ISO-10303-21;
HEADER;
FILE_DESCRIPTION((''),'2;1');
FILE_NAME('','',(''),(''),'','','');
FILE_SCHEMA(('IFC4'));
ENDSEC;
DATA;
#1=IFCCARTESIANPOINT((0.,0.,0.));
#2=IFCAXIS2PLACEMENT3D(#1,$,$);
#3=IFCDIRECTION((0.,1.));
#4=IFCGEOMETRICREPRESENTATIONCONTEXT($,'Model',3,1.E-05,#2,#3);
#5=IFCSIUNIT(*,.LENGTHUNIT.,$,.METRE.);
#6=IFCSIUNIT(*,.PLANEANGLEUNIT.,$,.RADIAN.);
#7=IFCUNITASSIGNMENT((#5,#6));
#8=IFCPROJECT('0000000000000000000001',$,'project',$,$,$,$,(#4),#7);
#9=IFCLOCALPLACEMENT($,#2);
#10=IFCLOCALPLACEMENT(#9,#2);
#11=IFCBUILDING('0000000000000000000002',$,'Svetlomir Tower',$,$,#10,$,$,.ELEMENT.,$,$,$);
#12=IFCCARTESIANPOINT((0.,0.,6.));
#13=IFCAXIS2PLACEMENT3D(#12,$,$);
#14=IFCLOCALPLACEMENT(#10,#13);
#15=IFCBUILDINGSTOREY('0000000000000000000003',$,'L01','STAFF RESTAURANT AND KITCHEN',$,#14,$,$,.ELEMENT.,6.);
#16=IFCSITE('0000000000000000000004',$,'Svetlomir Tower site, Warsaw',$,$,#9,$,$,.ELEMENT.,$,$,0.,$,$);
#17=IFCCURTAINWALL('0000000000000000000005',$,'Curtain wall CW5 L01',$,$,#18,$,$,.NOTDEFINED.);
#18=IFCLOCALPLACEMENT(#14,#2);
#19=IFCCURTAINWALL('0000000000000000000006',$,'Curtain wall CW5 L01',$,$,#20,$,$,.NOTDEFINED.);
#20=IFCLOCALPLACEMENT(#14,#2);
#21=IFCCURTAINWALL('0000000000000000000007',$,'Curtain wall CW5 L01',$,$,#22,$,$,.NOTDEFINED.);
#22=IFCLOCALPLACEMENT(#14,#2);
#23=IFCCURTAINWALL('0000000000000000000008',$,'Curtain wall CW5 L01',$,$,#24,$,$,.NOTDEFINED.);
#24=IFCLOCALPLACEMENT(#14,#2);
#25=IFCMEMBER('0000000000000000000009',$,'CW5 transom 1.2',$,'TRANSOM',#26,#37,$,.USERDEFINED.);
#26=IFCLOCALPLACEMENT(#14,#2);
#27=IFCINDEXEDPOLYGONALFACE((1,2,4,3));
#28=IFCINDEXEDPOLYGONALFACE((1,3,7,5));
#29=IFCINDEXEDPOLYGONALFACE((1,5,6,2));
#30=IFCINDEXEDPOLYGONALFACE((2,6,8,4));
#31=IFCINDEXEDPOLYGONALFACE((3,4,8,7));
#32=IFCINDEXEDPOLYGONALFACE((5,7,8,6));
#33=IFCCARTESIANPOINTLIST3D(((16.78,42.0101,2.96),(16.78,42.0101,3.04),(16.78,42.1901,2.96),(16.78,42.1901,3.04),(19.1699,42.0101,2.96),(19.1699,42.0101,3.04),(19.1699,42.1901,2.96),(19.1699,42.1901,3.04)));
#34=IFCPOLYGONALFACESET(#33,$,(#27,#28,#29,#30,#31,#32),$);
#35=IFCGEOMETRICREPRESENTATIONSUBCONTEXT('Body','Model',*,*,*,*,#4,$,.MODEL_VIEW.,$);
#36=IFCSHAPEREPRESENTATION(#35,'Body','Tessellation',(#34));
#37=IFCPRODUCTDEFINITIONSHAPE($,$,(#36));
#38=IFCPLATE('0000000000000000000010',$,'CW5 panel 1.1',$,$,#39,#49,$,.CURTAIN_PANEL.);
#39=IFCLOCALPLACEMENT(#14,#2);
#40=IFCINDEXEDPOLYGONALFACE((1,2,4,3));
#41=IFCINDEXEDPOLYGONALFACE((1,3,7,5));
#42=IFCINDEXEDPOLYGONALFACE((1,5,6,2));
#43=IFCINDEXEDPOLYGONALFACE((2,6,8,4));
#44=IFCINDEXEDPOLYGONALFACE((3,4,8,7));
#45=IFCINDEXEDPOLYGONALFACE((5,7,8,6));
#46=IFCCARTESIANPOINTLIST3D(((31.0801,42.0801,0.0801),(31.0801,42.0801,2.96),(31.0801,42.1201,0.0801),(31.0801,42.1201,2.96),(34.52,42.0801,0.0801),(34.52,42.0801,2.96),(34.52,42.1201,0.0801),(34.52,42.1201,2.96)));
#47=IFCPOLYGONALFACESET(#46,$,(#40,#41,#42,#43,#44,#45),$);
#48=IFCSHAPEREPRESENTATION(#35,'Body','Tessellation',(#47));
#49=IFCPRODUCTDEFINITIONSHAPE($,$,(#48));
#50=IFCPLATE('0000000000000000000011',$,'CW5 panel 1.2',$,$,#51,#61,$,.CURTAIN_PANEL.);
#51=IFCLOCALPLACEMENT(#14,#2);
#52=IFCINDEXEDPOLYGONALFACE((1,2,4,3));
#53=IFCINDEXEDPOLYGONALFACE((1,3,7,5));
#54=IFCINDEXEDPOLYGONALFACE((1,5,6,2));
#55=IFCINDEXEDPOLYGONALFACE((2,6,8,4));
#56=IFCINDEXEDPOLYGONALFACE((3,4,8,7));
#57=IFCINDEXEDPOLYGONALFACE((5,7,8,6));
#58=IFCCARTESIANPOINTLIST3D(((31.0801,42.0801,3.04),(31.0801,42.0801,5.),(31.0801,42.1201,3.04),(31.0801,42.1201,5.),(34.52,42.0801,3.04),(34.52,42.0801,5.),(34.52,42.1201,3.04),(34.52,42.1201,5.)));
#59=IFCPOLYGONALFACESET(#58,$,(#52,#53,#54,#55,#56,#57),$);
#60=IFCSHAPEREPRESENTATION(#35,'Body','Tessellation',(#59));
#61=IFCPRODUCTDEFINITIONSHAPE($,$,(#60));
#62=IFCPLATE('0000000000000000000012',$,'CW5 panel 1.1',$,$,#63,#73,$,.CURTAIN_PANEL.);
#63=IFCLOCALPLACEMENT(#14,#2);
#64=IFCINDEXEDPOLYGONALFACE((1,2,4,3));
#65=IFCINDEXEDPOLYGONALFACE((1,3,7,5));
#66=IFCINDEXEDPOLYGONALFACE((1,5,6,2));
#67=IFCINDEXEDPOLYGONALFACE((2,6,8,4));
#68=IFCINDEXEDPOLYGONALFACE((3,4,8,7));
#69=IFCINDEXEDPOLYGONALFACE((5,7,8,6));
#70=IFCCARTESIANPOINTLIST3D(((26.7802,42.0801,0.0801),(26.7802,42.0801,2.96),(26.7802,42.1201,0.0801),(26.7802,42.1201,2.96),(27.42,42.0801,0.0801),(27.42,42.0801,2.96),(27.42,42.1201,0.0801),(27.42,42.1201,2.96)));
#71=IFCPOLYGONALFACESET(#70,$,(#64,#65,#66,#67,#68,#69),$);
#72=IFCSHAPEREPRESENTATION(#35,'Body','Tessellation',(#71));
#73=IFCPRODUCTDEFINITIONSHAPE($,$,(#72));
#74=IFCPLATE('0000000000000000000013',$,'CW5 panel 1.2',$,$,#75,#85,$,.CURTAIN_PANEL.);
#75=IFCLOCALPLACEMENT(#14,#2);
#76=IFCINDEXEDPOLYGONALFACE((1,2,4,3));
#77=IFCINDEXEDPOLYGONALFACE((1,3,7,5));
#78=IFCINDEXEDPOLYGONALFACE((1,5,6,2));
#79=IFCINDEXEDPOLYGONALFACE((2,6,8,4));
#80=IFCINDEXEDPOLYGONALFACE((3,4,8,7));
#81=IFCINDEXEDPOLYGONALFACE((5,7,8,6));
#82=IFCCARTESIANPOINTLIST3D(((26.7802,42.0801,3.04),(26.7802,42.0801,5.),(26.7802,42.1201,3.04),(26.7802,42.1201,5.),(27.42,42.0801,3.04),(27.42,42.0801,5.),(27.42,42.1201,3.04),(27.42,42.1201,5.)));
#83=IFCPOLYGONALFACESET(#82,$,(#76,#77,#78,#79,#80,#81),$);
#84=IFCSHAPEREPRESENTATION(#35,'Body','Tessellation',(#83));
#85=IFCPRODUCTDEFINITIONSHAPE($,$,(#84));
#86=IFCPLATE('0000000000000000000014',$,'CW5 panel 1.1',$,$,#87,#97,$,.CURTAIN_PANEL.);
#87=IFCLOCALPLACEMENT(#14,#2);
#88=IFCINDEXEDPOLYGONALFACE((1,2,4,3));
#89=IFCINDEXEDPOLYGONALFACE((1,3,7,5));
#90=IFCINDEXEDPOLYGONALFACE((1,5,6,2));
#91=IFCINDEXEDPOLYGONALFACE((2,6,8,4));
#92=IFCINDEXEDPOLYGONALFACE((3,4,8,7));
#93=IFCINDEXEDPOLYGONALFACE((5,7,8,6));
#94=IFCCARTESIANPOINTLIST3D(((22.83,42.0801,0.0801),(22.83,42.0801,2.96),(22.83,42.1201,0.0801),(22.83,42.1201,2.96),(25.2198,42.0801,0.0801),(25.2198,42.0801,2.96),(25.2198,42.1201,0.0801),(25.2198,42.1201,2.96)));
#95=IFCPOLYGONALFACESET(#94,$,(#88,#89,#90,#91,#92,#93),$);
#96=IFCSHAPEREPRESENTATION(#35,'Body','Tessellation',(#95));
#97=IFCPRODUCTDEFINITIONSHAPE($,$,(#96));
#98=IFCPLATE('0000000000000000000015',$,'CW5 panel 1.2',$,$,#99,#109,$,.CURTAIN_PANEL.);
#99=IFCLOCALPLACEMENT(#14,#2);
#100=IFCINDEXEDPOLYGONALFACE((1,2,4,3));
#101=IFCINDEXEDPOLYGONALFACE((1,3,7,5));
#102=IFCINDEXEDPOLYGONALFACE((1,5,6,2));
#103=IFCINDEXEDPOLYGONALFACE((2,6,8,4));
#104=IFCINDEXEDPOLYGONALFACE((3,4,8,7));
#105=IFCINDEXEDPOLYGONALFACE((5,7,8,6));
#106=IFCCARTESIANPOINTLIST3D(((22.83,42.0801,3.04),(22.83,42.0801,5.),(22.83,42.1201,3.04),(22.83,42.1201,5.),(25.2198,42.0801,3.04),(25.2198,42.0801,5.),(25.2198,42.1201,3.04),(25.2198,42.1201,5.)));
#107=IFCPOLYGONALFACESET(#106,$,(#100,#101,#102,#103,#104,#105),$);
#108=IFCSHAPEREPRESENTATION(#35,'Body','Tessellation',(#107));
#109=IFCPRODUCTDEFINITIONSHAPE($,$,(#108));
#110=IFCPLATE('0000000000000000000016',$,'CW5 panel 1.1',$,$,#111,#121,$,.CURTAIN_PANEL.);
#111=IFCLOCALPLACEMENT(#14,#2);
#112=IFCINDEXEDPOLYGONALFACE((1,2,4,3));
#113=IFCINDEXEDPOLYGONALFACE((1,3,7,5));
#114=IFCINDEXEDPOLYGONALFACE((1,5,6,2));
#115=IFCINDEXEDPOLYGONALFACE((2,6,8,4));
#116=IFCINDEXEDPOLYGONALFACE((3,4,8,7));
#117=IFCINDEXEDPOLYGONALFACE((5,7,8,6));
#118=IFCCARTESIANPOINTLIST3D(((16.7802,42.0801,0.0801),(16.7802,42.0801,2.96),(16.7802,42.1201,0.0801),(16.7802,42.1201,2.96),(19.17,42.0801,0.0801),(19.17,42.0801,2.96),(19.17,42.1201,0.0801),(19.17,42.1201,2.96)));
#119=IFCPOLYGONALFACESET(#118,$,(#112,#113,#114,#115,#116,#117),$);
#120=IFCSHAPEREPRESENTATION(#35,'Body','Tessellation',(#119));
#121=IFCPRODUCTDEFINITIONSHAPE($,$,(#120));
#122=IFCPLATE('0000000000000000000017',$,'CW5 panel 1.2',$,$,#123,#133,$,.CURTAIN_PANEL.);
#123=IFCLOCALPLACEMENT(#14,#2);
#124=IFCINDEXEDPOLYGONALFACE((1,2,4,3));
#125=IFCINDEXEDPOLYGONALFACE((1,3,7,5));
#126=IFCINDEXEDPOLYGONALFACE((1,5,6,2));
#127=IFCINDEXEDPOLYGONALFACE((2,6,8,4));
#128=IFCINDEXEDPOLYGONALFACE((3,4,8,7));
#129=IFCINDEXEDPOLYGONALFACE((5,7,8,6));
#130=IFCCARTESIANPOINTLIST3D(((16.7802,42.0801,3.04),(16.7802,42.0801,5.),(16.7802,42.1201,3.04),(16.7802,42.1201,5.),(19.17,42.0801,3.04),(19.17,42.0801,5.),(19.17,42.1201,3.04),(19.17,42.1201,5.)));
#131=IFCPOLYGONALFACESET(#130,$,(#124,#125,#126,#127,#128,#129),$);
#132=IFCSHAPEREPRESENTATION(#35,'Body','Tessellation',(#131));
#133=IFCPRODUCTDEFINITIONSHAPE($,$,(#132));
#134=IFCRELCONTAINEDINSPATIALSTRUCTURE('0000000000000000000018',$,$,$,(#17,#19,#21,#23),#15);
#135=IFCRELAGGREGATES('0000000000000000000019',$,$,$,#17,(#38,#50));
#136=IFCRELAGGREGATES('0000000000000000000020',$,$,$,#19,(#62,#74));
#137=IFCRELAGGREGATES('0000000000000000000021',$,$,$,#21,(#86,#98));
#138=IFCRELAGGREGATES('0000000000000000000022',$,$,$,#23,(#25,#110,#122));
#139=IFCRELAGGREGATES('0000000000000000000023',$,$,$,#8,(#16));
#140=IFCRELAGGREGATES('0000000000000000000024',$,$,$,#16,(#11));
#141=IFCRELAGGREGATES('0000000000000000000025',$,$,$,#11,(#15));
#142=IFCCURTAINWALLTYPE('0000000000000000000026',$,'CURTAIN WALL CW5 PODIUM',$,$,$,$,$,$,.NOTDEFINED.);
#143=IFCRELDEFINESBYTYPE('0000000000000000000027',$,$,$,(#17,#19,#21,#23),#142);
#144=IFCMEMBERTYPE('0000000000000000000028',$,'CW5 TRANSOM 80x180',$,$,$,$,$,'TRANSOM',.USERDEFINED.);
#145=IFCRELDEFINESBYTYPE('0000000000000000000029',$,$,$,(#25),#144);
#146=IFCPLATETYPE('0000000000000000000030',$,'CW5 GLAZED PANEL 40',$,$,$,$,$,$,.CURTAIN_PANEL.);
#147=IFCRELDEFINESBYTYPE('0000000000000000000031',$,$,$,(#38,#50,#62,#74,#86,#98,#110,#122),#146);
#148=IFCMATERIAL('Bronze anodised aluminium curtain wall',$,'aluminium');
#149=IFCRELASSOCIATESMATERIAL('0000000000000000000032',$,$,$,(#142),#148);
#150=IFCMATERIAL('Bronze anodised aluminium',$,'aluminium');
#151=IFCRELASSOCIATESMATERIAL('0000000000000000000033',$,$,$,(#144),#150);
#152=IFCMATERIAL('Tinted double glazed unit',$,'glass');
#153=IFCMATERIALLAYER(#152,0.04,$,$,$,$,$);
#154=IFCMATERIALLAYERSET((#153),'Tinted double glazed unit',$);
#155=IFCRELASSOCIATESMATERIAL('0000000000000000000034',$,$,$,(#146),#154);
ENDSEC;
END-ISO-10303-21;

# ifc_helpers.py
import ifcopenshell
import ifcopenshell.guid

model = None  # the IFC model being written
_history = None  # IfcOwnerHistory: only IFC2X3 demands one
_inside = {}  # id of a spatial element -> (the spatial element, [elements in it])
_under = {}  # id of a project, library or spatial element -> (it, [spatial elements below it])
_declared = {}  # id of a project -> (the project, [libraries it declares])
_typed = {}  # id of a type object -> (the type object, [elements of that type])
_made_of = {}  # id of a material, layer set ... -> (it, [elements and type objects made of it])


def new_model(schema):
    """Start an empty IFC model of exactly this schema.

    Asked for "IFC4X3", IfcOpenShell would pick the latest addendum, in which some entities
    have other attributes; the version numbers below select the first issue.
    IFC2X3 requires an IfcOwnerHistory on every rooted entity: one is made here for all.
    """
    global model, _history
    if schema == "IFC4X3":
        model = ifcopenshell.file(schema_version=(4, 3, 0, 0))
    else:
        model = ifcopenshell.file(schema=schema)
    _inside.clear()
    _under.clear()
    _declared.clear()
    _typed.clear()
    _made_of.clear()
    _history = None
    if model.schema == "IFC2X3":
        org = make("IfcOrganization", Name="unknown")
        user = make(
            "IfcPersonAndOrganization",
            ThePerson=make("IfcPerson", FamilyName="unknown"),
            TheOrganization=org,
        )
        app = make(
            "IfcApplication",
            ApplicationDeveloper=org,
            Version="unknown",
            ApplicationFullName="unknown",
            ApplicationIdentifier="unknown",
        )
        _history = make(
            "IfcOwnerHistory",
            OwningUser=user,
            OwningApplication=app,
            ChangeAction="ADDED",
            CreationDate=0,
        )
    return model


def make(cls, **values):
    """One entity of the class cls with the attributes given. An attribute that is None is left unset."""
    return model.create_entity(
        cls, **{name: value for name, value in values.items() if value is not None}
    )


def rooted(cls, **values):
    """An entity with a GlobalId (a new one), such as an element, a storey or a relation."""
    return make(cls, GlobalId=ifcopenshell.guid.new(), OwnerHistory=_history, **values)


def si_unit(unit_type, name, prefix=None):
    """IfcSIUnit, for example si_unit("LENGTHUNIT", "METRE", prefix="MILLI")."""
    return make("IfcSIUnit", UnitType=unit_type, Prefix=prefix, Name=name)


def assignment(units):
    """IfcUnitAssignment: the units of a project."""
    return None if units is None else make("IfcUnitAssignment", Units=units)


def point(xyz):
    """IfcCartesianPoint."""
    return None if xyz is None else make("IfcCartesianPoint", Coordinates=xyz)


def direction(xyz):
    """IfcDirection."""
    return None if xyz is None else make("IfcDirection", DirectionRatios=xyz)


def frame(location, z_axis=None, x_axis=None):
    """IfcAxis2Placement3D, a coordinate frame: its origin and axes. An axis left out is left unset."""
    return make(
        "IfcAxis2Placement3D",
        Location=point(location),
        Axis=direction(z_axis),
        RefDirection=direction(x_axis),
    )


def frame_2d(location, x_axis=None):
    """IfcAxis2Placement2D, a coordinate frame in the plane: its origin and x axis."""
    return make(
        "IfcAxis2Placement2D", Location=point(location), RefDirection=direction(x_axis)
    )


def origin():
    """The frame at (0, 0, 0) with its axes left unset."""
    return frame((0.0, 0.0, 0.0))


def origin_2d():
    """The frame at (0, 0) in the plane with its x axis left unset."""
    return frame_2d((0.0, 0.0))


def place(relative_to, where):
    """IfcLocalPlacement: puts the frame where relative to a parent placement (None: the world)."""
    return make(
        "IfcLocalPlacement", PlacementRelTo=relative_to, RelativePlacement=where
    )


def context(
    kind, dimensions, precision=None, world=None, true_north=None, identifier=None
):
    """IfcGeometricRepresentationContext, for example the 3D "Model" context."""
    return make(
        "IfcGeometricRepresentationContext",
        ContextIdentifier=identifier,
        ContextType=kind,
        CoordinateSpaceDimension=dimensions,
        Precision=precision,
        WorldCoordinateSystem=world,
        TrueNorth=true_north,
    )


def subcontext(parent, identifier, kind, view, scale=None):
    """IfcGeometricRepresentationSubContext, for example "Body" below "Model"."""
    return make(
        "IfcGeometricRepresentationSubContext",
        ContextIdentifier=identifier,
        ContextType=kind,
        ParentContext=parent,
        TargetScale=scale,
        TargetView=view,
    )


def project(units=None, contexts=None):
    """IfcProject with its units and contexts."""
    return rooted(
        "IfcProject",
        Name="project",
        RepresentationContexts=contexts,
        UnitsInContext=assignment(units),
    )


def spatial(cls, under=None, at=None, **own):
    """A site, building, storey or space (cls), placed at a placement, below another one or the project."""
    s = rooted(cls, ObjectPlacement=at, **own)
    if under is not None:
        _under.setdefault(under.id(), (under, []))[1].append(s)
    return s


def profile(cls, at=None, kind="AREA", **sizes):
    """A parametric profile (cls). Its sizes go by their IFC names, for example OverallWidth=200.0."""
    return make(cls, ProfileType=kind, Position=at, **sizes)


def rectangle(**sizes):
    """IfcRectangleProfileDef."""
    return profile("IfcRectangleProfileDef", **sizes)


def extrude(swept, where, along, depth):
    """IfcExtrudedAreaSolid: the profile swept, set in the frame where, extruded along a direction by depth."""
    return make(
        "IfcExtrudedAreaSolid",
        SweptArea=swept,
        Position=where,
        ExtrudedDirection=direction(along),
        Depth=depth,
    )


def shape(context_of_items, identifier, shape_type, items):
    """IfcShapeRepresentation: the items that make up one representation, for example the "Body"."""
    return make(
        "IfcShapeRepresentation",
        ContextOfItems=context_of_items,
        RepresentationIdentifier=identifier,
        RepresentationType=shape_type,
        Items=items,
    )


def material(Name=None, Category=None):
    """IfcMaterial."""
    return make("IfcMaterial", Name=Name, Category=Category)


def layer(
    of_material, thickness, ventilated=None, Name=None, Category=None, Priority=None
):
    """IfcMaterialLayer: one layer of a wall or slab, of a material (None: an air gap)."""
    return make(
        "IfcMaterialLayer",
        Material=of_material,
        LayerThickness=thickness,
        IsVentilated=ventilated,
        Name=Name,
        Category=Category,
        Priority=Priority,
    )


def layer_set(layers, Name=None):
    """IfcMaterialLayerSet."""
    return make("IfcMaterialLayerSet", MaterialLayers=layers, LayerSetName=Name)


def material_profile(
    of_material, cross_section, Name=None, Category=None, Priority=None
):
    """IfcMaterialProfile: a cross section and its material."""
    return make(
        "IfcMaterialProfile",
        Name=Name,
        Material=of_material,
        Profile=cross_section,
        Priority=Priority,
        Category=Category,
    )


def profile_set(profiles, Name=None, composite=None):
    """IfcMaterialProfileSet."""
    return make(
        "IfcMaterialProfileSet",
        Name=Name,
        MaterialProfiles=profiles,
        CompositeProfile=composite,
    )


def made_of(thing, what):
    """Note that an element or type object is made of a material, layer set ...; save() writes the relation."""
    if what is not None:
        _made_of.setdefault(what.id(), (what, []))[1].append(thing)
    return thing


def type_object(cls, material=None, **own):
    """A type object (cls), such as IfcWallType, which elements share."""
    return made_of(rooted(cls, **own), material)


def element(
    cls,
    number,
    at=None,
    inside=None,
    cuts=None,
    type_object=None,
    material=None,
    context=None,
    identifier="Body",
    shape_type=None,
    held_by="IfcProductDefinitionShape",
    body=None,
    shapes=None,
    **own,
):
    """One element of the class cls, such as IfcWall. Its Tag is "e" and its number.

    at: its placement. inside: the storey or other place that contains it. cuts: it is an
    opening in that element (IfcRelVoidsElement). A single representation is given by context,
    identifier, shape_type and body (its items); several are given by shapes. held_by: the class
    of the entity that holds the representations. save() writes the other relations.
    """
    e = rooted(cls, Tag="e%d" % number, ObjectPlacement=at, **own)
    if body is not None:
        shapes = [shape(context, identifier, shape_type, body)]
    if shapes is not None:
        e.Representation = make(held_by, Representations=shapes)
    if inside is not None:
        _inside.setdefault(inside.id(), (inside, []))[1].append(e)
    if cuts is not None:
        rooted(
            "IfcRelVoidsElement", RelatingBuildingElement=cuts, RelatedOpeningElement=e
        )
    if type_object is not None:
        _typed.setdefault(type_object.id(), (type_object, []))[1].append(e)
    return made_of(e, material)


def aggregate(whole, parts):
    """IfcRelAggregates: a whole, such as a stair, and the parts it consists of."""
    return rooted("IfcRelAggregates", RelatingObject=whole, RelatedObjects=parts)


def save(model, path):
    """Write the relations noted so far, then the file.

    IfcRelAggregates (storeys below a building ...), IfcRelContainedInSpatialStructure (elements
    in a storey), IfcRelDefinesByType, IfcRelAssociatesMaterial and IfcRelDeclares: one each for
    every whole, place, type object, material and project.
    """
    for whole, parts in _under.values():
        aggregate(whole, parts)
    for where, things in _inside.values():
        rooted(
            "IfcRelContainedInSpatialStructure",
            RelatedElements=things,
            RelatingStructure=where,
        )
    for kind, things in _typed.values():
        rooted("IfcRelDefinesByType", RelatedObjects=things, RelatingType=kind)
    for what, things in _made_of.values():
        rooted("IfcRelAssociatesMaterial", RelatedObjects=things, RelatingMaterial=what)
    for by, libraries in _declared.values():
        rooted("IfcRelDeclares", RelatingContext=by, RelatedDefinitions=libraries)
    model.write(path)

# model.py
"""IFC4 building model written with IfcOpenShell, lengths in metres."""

from ifc_helpers import new_model, si_unit, direction, frame, origin, origin_2d, place, context, subcontext, project, spatial, rectangle, extrude, material, layer, layer_set, material_profile, profile_set, type_object, element, aggregate, save


model = new_model("IFC4")

# Units and contexts
model_context = context("Model", 3, precision=1e-05, world=origin(), true_north=direction((0.0, 1.0)))
body_context = subcontext(model_context, "Body", "Model", "MODEL_VIEW")
ifc_project = project(units=[si_unit("LENGTHUNIT", "METRE"), si_unit("PLANEANGLEUNIT", "RADIAN")], contexts=[model_context])

# Site, building, storey
site_placement = place(None, origin())
site = spatial("IfcSite", under=ifc_project, at=site_placement, Name="Svetlomir Tower site, Warsaw", CompositionType="ELEMENT", RefElevation=0.0)
building_placement = place(site_placement, origin())
building = spatial("IfcBuilding", under=site, at=building_placement, Name="Svetlomir Tower", CompositionType="ELEMENT")
storey_placement = place(building_placement, frame((0.0, 0.0, 6.0)))
storey = spatial("IfcBuildingStorey", under=building, at=storey_placement, Name="L01", Description="STAFF RESTAURANT AND KITCHEN", CompositionType="ELEMENT", Elevation=6.0)

# Curtain walls
ifc_material_1 = material(Name="Bronze anodised aluminium curtain wall", Category="aluminium")
curtain_wall_type = type_object("IfcCurtainWallType", Name="CURTAIN WALL CW5 PODIUM", PredefinedType="NOTDEFINED", material=ifc_material_1)
curtain_wall_1_placement = place(storey_placement, origin())
curtain_wall_1 = element("IfcCurtainWall", 1, at=curtain_wall_1_placement, inside=storey, type_object=curtain_wall_type, Name="Curtain wall CW5 L01", PredefinedType="NOTDEFINED")
curtain_wall_2_placement = place(storey_placement, origin())
curtain_wall_2 = element("IfcCurtainWall", 2, at=curtain_wall_2_placement, inside=storey, type_object=curtain_wall_type, Name="Curtain wall CW5 L01", PredefinedType="NOTDEFINED")
curtain_wall_3_placement = place(storey_placement, origin())
curtain_wall_3 = element("IfcCurtainWall", 3, at=curtain_wall_3_placement, inside=storey, type_object=curtain_wall_type, Name="Curtain wall CW5 L01", PredefinedType="NOTDEFINED")
curtain_wall_4_placement = place(storey_placement, origin())
curtain_wall_4 = element("IfcCurtainWall", 4, at=curtain_wall_4_placement, inside=storey, type_object=curtain_wall_type, Name="Curtain wall CW5 L01", PredefinedType="NOTDEFINED")

# Member
ifc_material_2 = material(Name="Bronze anodised aluminium", Category="aluminium")
ifc_material_profile_1 = material_profile(ifc_material_2, rectangle(XDim=0.1799, YDim=0.0801, at=origin_2d()), Name="AL 180x80")
ifc_profile_set_1 = profile_set([ifc_material_profile_1], Name="Bronze anodised aluminium 6063-T6")
member_type_1 = type_object("IfcMemberType", Name="CW5 TRANSOM 80x180", ElementType="TRANSOM", PredefinedType="USERDEFINED", material=ifc_profile_set_1)
member_1_placement = place(storey_placement, frame((19.1699, 42.1001, 3.0), z_axis=(-1.0, 0.0, 0.0), x_axis=(0.0, -1.0, 0.0)))
member_1 = element("IfcMember", 5, at=member_1_placement, type_object=member_type_1, Name="CW5 transom 1.2", ObjectType="TRANSOM", PredefinedType="USERDEFINED", context=body_context, shape_type="SweptSolid", body=[
    extrude(rectangle(XDim=0.1799, YDim=0.0801, at=origin_2d()), origin(), (0.0, 0.0, 1.0), 2.3899),
])

# Plates
ifc_material_3 = material(Name="Tinted double glazed unit", Category="glass")
ifc_layer = layer(ifc_material_3, 0.04)
ifc_layer_set = layer_set([ifc_layer], Name="Tinted double glazed unit")
plate_type = type_object("IfcPlateType", Name="CW5 GLAZED PANEL 40", PredefinedType="CURTAIN_PANEL", material=ifc_layer_set)
plate_1_placement = place(storey_placement, frame((32.8, 42.1001, 0.0801), z_axis=(0.0, 0.0, 1.0), x_axis=(-1.0, 0.0, 0.0)))
plate_1 = element("IfcPlate", 6, at=plate_1_placement, type_object=plate_type, Name="CW5 panel 1.1", PredefinedType="CURTAIN_PANEL", context=body_context, shape_type="SweptSolid", body=[
    extrude(rectangle(XDim=3.4399, YDim=0.04, at=origin_2d()), origin(), (0.0, 0.0, 1.0), 2.8799),
])
plate_2_placement = place(storey_placement, frame((32.8, 42.1001, 3.04), z_axis=(0.0, 0.0, 1.0), x_axis=(-1.0, 0.0, 0.0)))
plate_2 = element("IfcPlate", 7, at=plate_2_placement, type_object=plate_type, Name="CW5 panel 1.2", PredefinedType="CURTAIN_PANEL", context=body_context, shape_type="SweptSolid", body=[
    extrude(rectangle(XDim=3.4399, YDim=0.04, at=origin_2d()), origin(), (0.0, 0.0, 1.0), 1.96),
])
aggregate(curtain_wall_1, [plate_1, plate_2])
plate_3_placement = place(storey_placement, frame((27.1001, 42.1001, 0.0801), z_axis=(0.0, 0.0, 1.0), x_axis=(-1.0, 0.0, 0.0)))
plate_3 = element("IfcPlate", 8, at=plate_3_placement, type_object=plate_type, Name="CW5 panel 1.1", PredefinedType="CURTAIN_PANEL", context=body_context, shape_type="SweptSolid", body=[
    extrude(rectangle(XDim=0.6399, YDim=0.04, at=origin_2d()), origin(), (0.0, 0.0, 1.0), 2.8799),
])
plate_4_placement = place(storey_placement, frame((27.1001, 42.1001, 3.04), z_axis=(0.0, 0.0, 1.0), x_axis=(-1.0, 0.0, 0.0)))
plate_4 = element("IfcPlate", 9, at=plate_4_placement, type_object=plate_type, Name="CW5 panel 1.2", PredefinedType="CURTAIN_PANEL", context=body_context, shape_type="SweptSolid", body=[
    extrude(rectangle(XDim=0.6399, YDim=0.04, at=origin_2d()), origin(), (0.0, 0.0, 1.0), 1.96),
])
aggregate(curtain_wall_2, [plate_3, plate_4])
plate_5_placement = place(storey_placement, frame((24.0249, 42.1001, 0.0801), z_axis=(0.0, 0.0, 1.0), x_axis=(-1.0, 0.0, 0.0)))
plate_5 = element("IfcPlate", 10, at=plate_5_placement, type_object=plate_type, Name="CW5 panel 1.1", PredefinedType="CURTAIN_PANEL", context=body_context, shape_type="SweptSolid", body=[
    extrude(rectangle(XDim=2.3899, YDim=0.04, at=origin_2d()), origin(), (0.0, 0.0, 1.0), 2.8799),
])
plate_6_placement = place(storey_placement, frame((24.0249, 42.1001, 3.04), z_axis=(0.0, 0.0, 1.0), x_axis=(-1.0, 0.0, 0.0)))
plate_6 = element("IfcPlate", 11, at=plate_6_placement, type_object=plate_type, Name="CW5 panel 1.2", PredefinedType="CURTAIN_PANEL", context=body_context, shape_type="SweptSolid", body=[
    extrude(rectangle(XDim=2.3899, YDim=0.04, at=origin_2d()), origin(), (0.0, 0.0, 1.0), 1.96),
])
aggregate(curtain_wall_3, [plate_5, plate_6])
plate_7_placement = place(storey_placement, frame((17.9751, 42.1001, 0.0801), z_axis=(0.0, 0.0, 1.0), x_axis=(-1.0, 0.0, 0.0)))
plate_7 = element("IfcPlate", 12, at=plate_7_placement, type_object=plate_type, Name="CW5 panel 1.1", PredefinedType="CURTAIN_PANEL", context=body_context, shape_type="SweptSolid", body=[
    extrude(rectangle(XDim=2.3899, YDim=0.04, at=origin_2d()), origin(), (0.0, 0.0, 1.0), 2.8799),
])
plate_8_placement = place(storey_placement, frame((17.9751, 42.1001, 3.04), z_axis=(0.0, 0.0, 1.0), x_axis=(-1.0, 0.0, 0.0)))
plate_8 = element("IfcPlate", 13, at=plate_8_placement, type_object=plate_type, Name="CW5 panel 1.2", PredefinedType="CURTAIN_PANEL", context=body_context, shape_type="SweptSolid", body=[
    extrude(rectangle(XDim=2.3899, YDim=0.04, at=origin_2d()), origin(), (0.0, 0.0, 1.0), 1.96),
])
aggregate(curtain_wall_4, [member_1, plate_7, plate_8])

save(model, "model.ifc")
